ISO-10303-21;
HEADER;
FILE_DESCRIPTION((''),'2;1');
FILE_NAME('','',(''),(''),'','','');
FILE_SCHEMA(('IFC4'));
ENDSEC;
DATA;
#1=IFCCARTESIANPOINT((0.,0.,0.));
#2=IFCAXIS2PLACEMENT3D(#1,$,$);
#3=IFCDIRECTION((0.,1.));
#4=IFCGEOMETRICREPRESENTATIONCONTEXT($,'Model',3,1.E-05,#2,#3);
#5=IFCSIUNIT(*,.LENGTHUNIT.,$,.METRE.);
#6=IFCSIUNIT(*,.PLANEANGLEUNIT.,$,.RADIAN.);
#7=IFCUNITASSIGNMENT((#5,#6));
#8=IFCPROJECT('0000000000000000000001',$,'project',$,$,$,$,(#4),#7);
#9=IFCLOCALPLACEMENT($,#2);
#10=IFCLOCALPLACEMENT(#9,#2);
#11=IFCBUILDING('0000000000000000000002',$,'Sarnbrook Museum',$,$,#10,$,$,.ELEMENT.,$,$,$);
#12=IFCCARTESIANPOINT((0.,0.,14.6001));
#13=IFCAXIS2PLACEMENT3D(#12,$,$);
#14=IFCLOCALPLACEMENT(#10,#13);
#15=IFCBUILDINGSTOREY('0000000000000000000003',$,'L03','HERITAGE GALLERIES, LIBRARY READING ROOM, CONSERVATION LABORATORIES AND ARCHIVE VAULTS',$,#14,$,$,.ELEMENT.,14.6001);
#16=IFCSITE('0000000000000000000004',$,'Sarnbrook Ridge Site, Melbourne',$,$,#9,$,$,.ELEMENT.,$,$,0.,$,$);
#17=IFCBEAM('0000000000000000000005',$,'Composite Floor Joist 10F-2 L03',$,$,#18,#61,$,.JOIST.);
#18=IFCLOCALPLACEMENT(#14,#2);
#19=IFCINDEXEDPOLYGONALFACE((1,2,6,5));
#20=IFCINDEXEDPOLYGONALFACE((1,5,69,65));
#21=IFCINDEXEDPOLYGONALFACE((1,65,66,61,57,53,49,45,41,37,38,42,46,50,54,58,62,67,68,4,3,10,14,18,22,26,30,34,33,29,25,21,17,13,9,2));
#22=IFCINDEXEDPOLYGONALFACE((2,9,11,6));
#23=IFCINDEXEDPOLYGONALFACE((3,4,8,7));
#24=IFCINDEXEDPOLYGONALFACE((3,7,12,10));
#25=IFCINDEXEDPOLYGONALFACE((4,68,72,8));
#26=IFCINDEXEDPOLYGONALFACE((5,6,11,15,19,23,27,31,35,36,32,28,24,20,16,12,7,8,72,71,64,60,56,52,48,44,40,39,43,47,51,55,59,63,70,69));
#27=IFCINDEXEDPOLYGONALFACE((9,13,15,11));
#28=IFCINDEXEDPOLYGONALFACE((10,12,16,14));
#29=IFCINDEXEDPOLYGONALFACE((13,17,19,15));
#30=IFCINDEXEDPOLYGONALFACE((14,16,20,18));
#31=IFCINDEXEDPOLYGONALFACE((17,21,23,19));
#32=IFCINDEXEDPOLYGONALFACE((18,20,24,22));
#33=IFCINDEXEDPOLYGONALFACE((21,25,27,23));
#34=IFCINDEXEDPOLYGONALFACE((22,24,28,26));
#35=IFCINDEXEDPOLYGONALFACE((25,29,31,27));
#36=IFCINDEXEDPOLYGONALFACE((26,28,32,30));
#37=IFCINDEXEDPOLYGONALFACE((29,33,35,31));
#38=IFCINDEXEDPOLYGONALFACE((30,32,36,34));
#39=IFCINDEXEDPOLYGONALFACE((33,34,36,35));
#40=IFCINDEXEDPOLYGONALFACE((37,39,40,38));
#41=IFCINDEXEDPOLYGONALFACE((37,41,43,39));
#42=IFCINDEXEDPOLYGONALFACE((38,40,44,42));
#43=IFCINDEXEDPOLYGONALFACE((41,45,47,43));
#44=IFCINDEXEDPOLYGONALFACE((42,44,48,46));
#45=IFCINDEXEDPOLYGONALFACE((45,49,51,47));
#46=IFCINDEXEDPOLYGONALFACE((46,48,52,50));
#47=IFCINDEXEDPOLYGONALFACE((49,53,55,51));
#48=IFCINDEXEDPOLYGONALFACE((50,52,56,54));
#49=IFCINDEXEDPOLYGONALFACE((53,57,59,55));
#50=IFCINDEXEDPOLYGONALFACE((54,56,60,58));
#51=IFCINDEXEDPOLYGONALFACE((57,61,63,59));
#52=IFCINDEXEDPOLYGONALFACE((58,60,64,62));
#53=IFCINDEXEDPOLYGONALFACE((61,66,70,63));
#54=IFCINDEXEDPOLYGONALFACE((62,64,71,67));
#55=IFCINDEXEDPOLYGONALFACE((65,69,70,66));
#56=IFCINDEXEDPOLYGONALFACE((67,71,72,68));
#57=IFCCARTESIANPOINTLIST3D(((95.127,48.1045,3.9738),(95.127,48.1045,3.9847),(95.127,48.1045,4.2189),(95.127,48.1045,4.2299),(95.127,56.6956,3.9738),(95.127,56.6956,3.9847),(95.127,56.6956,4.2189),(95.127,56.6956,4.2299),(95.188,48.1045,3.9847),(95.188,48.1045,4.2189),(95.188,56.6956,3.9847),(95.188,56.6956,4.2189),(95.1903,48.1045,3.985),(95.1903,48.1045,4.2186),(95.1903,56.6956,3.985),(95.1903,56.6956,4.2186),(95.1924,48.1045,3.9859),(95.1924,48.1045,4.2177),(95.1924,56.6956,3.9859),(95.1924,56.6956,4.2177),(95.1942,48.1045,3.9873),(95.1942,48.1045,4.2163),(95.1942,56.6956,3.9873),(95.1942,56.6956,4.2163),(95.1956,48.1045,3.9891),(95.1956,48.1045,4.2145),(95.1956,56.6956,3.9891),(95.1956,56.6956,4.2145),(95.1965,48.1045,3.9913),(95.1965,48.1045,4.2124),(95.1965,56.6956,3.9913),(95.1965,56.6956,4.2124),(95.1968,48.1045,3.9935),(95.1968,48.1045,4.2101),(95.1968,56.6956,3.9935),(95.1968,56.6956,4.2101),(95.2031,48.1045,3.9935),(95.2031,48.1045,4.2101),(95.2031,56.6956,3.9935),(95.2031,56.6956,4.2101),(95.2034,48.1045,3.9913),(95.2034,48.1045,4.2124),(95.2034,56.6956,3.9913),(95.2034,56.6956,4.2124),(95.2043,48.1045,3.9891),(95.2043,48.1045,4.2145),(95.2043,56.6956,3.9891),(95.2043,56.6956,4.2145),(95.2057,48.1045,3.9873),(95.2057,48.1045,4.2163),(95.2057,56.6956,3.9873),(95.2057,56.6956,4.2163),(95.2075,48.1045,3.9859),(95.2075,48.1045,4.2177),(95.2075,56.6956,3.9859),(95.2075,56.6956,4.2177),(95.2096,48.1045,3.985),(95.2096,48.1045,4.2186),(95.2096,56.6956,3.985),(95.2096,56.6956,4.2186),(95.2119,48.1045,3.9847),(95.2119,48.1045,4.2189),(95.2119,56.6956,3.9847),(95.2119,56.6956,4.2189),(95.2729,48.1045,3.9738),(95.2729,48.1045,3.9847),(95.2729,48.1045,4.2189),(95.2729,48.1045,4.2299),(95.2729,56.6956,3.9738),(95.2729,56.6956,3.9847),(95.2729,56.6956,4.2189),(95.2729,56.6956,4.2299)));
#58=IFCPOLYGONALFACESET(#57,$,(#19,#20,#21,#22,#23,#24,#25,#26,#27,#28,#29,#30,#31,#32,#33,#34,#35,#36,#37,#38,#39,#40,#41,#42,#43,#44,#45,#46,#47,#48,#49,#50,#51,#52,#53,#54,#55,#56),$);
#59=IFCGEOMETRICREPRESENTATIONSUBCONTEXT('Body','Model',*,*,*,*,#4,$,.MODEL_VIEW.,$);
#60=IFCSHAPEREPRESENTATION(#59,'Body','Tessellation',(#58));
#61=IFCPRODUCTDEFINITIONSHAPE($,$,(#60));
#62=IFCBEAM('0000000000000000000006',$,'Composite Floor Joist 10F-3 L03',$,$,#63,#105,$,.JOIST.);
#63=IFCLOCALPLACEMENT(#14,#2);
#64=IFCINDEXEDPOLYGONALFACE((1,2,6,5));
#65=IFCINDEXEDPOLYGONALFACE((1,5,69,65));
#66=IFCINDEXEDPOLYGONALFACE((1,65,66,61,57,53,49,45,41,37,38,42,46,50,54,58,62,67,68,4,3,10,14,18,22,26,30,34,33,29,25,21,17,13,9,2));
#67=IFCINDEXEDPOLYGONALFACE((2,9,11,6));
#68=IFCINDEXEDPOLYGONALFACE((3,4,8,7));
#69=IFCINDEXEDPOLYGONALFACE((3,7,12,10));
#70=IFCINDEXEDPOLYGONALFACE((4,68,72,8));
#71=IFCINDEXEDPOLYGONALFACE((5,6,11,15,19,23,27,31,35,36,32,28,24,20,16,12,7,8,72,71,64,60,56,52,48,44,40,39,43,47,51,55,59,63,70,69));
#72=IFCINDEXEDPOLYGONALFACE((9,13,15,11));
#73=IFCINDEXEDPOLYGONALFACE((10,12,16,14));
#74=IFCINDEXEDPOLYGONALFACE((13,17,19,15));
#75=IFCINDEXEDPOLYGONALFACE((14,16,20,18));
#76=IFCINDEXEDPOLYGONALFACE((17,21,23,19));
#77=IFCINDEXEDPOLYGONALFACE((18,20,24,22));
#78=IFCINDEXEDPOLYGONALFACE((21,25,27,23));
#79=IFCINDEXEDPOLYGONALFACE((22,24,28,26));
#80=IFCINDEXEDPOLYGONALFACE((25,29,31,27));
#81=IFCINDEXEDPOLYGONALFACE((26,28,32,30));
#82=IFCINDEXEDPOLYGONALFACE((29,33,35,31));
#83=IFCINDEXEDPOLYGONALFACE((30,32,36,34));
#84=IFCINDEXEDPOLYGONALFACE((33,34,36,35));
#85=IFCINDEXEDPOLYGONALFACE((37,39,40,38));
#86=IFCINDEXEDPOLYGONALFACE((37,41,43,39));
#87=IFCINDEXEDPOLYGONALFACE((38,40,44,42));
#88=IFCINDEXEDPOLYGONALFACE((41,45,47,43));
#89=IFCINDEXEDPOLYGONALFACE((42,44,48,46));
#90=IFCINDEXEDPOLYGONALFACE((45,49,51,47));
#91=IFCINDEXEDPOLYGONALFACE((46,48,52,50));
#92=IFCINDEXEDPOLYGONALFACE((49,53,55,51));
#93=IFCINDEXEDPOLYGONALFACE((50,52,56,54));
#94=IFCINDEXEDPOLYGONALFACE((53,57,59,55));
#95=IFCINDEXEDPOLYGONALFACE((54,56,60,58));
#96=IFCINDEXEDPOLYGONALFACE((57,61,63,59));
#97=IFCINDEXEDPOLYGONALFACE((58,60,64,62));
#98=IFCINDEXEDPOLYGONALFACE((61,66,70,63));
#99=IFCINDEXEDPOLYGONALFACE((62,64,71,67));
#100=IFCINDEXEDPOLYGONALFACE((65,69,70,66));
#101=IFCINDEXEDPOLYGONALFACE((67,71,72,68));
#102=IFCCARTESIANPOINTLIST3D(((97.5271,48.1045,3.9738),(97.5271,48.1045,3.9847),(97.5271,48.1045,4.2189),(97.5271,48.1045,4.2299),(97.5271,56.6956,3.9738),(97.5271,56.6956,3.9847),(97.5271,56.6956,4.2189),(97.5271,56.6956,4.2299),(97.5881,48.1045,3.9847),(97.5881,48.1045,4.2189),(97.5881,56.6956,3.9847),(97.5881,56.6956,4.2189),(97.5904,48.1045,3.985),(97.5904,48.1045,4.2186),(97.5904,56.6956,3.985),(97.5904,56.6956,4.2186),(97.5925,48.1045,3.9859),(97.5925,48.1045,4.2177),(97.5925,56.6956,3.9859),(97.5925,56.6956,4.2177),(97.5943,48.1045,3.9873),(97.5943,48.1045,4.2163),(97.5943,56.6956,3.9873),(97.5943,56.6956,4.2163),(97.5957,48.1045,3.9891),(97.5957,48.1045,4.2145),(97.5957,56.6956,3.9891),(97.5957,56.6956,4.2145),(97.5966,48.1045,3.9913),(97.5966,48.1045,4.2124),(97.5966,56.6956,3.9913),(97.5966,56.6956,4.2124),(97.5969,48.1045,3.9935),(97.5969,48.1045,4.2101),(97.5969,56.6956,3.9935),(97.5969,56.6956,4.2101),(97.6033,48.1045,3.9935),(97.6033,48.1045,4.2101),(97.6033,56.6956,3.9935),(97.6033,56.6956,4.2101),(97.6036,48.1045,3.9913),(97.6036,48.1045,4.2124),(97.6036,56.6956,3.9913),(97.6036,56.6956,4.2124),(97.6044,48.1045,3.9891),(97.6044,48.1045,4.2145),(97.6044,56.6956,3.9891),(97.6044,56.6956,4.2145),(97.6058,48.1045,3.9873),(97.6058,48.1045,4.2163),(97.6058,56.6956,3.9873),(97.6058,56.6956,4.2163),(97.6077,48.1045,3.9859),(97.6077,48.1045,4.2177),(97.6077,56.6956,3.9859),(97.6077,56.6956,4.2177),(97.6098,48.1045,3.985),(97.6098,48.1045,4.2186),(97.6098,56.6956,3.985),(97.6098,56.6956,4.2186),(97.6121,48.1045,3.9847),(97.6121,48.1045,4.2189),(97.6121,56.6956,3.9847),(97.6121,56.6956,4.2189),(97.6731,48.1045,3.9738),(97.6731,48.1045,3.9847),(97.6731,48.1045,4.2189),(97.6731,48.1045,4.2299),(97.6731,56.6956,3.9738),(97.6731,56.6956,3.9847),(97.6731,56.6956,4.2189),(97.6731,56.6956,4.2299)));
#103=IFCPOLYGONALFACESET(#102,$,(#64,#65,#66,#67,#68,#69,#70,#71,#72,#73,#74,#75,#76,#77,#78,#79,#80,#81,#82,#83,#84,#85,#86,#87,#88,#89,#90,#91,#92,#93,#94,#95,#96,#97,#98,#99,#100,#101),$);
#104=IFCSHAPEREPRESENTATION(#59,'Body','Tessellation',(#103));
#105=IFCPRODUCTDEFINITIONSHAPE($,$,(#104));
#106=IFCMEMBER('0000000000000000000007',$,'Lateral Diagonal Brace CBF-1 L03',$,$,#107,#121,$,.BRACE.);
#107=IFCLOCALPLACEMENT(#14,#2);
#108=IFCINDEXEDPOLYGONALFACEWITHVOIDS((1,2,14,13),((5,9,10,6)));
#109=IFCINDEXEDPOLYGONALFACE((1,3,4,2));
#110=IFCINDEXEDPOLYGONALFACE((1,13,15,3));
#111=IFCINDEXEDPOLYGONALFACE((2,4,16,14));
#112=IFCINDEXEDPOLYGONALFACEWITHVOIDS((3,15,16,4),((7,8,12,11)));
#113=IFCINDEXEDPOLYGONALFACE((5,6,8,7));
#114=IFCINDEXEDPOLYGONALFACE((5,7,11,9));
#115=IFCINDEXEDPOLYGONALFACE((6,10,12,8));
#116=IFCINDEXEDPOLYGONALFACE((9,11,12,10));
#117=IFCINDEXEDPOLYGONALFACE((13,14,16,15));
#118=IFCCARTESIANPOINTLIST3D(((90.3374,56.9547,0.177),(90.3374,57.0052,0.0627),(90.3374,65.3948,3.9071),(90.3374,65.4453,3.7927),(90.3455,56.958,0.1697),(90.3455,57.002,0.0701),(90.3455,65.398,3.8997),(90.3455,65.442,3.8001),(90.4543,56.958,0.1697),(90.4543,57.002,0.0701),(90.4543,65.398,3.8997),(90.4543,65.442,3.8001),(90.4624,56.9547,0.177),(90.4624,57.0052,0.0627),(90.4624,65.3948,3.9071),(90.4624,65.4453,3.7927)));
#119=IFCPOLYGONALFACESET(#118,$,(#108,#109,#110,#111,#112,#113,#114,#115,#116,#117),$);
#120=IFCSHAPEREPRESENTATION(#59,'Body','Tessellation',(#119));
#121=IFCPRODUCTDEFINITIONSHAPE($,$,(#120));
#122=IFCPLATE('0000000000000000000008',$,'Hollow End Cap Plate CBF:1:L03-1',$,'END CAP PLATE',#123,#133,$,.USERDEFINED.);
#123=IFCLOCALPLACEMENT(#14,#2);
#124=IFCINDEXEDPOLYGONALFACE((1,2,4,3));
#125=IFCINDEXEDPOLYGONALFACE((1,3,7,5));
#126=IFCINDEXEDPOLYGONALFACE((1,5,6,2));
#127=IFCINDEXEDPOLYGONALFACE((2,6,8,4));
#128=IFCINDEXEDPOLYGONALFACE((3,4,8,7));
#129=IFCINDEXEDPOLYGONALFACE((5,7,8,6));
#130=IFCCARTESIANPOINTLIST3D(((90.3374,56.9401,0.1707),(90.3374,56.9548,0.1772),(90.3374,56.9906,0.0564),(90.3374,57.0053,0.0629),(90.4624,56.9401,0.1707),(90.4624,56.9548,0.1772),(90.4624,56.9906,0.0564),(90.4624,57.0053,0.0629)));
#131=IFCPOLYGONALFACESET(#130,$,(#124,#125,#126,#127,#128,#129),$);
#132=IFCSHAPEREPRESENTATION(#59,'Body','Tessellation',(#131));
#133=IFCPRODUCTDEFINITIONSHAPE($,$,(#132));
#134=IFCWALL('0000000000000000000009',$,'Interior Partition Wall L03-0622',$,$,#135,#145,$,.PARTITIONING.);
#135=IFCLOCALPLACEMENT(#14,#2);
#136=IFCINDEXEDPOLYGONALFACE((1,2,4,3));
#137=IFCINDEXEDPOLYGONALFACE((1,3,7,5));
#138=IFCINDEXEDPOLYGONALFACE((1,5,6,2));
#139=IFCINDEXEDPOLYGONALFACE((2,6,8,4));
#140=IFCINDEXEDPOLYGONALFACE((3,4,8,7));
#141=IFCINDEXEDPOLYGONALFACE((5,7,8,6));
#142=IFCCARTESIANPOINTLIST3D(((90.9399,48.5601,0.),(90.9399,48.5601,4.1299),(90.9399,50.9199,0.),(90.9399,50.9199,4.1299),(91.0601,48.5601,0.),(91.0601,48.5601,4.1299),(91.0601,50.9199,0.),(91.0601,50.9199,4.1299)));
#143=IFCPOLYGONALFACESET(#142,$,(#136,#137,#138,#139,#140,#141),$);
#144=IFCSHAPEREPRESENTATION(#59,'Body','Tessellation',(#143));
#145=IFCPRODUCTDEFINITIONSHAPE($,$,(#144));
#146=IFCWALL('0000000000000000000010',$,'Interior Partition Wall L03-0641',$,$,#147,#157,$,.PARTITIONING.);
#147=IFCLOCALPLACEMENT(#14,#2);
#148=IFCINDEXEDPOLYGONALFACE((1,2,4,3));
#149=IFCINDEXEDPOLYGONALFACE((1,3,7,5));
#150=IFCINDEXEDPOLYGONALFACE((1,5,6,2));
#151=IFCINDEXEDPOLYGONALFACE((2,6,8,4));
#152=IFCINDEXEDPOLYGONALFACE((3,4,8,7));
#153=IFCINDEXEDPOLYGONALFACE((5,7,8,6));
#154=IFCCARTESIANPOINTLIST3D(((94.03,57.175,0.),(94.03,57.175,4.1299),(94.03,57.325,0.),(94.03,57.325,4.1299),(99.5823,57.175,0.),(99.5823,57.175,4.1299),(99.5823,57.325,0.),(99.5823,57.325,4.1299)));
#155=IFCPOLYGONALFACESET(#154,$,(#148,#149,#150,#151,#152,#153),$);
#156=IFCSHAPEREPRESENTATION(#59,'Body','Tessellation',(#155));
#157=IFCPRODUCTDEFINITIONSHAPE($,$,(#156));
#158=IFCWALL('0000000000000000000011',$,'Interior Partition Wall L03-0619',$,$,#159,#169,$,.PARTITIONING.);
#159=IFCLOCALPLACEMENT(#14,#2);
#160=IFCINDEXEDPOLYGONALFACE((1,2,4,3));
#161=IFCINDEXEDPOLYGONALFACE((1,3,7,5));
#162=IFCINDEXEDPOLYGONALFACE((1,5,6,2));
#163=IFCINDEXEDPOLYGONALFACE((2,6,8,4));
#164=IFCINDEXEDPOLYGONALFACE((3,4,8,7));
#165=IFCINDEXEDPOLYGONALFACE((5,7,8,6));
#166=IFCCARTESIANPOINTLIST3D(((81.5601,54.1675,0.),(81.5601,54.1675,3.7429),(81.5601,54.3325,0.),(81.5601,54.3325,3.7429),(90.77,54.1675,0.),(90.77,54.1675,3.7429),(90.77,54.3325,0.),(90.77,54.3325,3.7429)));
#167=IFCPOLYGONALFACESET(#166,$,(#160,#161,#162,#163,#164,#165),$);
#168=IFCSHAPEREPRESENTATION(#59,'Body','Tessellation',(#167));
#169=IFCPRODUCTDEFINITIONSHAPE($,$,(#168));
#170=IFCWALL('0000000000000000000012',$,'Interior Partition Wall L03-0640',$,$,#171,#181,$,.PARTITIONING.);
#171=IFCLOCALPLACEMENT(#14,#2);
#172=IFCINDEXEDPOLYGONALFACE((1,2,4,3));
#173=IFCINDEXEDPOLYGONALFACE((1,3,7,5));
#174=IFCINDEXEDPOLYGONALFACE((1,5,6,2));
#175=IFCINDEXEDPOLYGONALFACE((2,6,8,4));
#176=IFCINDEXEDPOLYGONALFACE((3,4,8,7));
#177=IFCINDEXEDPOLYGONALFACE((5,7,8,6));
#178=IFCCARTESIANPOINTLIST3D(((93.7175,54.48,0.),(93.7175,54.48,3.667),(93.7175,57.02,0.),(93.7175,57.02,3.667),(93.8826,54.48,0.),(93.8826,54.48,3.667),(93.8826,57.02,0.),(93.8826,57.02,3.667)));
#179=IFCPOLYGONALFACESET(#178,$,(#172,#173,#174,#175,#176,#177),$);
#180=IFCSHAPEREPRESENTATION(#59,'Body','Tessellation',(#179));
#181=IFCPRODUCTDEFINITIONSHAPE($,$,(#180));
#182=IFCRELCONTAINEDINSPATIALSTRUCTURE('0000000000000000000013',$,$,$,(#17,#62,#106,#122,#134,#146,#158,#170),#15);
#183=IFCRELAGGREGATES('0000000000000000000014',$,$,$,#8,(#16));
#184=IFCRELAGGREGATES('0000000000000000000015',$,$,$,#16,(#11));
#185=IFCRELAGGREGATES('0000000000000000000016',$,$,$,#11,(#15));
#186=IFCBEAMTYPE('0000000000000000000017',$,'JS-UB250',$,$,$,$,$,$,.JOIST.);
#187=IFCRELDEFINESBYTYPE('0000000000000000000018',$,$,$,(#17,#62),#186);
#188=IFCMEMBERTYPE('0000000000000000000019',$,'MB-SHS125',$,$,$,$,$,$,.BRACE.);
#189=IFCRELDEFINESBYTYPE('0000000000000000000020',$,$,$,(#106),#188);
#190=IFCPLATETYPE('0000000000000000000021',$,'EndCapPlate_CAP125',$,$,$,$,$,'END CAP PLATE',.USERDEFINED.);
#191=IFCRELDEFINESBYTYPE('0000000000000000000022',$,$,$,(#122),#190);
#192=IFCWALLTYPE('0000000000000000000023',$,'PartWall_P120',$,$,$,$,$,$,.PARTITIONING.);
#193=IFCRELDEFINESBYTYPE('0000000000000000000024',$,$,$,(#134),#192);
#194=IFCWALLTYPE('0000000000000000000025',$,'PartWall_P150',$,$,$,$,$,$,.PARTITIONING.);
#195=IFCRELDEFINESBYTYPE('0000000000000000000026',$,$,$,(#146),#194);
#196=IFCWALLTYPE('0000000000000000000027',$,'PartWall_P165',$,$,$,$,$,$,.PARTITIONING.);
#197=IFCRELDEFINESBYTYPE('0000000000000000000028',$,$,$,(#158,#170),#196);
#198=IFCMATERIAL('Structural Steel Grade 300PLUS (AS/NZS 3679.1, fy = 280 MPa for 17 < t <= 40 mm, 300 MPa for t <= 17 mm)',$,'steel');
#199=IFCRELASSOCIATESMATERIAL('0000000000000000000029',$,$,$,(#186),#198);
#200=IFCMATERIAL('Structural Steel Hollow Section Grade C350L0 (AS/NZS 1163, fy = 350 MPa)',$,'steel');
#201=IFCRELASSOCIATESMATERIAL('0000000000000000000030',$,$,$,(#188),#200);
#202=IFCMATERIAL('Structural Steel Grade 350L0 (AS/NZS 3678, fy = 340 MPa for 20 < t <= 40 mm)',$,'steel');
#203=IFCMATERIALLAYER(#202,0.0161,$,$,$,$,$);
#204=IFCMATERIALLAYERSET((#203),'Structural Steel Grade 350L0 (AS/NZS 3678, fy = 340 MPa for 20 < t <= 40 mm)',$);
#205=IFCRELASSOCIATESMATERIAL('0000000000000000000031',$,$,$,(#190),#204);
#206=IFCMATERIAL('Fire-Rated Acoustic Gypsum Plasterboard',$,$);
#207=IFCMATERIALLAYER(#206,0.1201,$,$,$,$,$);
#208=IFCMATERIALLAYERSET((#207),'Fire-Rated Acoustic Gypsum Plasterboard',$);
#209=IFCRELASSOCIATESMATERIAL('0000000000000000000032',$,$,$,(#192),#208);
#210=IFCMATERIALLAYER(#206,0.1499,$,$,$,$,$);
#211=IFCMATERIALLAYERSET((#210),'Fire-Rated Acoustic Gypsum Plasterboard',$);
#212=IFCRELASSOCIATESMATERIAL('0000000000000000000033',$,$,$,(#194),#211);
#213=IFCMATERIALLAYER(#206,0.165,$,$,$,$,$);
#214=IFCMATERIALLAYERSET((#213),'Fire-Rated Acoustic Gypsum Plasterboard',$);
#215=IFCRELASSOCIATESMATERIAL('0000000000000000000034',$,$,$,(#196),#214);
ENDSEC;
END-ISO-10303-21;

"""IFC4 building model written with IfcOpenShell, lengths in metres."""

from ifc_helpers import new_model, si_unit, direction, frame, frame_2d, origin, origin_2d, place, context, subcontext, project, spatial, rectangle, hollow_rectangle, i_section, extrude, material, layer, layer_set, material_profile, profile_set, type_object, element, save


model = new_model("IFC4")

# Units and contexts
model_context = context("Model", 3, precision=1e-05, world=origin(), true_north=direction((0.0, 1.0)))
body_context = subcontext(model_context, "Body", "Model", "MODEL_VIEW")
ifc_project = project(units=[si_unit("LENGTHUNIT", "METRE"), si_unit("PLANEANGLEUNIT", "RADIAN")], contexts=[model_context])

# Site, building, storey
site_placement = place(None, origin())
site = spatial("IfcSite", under=ifc_project, at=site_placement, Name="Sarnbrook Ridge Site, Melbourne", CompositionType="ELEMENT", RefElevation=0.0)
building_placement = place(site_placement, origin())
building = spatial("IfcBuilding", under=site, at=building_placement, Name="Sarnbrook Museum", CompositionType="ELEMENT")
storey_placement = place(building_placement, frame((0.0, 0.0, 14.6001)))
storey = spatial("IfcBuildingStorey", under=building, at=storey_placement, Name="L03", Description="HERITAGE GALLERIES, LIBRARY READING ROOM, CONSERVATION LABORATORIES AND ARCHIVE VAULTS", CompositionType="ELEMENT", Elevation=14.6001)

# Shared definitions
ifc_material_1 = material(Name="Structural Steel Grade 300PLUS (AS/NZS 3679.1, fy = 280 MPa for 17 < t <= 40 mm, 300 MPa for t <= 17 mm)", Category="steel")

# Beams
ifc_material_profile_1 = material_profile(ifc_material_1, i_section(OverallWidth=0.146, OverallDepth=0.2561, WebThickness=0.0063, FlangeThickness=0.011, FilletRadius=0.0088, at=origin_2d()), Name="250UB37.3")
ifc_profile_set_1 = profile_set([ifc_material_profile_1], Name="Structural Steel Grade 300PLUS (AS/NZS 3679.1, fy = 280 MPa for 17 < t <= 40 mm, 300 MPa for t <= 17 mm)")
beam_type_1 = type_object("IfcBeamType", Name="JS-UB250", PredefinedType="JOIST", material=ifc_profile_set_1)
for number, where, z_axis, x_axis, name in (
    (1, (95.2, 48.1045, 4.1018), (0.0, 1.0, 0.0), (-1.0, 0.0, 0.0), "Composite Floor Joist 10F-2 L03"),
    (2, (97.6001, 48.1045, 4.1018), (0.0, 1.0, 0.0), (-1.0, 0.0, 0.0), "Composite Floor Joist 10F-3 L03"),
):
    element("IfcBeam", number, at=place(storey_placement, frame(where, z_axis=z_axis, x_axis=x_axis)), inside=storey, type_object=beam_type_1, Name=name, PredefinedType="JOIST", context=body_context, shape_type="SweptSolid", body=[
        extrude(i_section(OverallWidth=0.146, OverallDepth=0.2561, WebThickness=0.0063, FlangeThickness=0.011, FilletRadius=0.0088, at=origin_2d()), origin(), (0.0, 0.0, 1.0), 8.5911),
    ])

# Member
ifc_material_2 = material(Name="Structural Steel Hollow Section Grade C350L0 (AS/NZS 1163, fy = 350 MPa)", Category="steel")
ifc_material_profile_2 = material_profile(ifc_material_2, hollow_rectangle(XDim=0.125, YDim=0.125, WallThickness=0.0081, at=origin_2d()), Name="125x125x8.0SHS")
ifc_profile_set_2 = profile_set([ifc_material_profile_2], Name="Structural Steel Hollow Section Grade C350L0 (AS/NZS 1163, fy = 350 MPa)")
member_type = type_object("IfcMemberType", Name="MB-SHS125", PredefinedType="BRACE", material=ifc_profile_set_2)
member_placement = place(storey_placement, frame((90.3999, 56.98, 0.1199), z_axis=(0.0, 0.914658, 0.404228), x_axis=(-1.0, 0.0, 0.0)))
element("IfcMember", 3, at=member_placement, inside=storey, type_object=member_type, Name="Lateral Diagonal Brace CBF-1 L03", PredefinedType="BRACE", context=body_context, shape_type="SweptSolid", body=[
    extrude(hollow_rectangle(XDim=0.125, YDim=0.125, WallThickness=0.0081, at=origin_2d()), origin(), (0.0, 0.0, 1.0), 9.2275),
])

# Plate
ifc_material_3 = material(Name="Structural Steel Grade 350L0 (AS/NZS 3678, fy = 340 MPa for 20 < t <= 40 mm)", Category="steel")
ifc_layer_1 = layer(ifc_material_3, 0.0161)
ifc_layer_set_1 = layer_set([ifc_layer_1], Name="Structural Steel Grade 350L0 (AS/NZS 3678, fy = 340 MPa for 20 < t <= 40 mm)")
plate_type = type_object("IfcPlateType", Name="EndCapPlate_CAP125", ElementType="END CAP PLATE", PredefinedType="USERDEFINED", material=ifc_layer_set_1)
plate_placement = place(storey_placement, frame((90.3999, 56.9653, 0.1135), z_axis=(0.0, 0.914659, 0.404227), x_axis=(-1.0, 0.0, 0.0)))
element("IfcPlate", 4, at=plate_placement, inside=storey, type_object=plate_type, Name="Hollow End Cap Plate CBF:1:L03-1", ObjectType="END CAP PLATE", PredefinedType="USERDEFINED", context=body_context, shape_type="SweptSolid", body=[
    extrude(rectangle(XDim=0.125, YDim=0.125, at=origin_2d()), origin(), (0.0, 0.0, 1.0), 0.0161),
])

# Walls
ifc_material_4 = material(Name="Fire-Rated Acoustic Gypsum Plasterboard")
ifc_layer_2 = layer(ifc_material_4, 0.1201)
ifc_layer_set_2 = layer_set([ifc_layer_2], Name="Fire-Rated Acoustic Gypsum Plasterboard")
wall_type_1 = type_object("IfcWallType", Name="PartWall_P120", PredefinedType="PARTITIONING", material=ifc_layer_set_2)
wall_1_placement = place(storey_placement, frame((91.0, 50.9199, 0.0), z_axis=(0.0, 0.0, 1.0), x_axis=(0.0, -1.0, 0.0)))
element("IfcWall", 5, at=wall_1_placement, inside=storey, type_object=wall_type_1, Name="Interior Partition Wall L03-0622", PredefinedType="PARTITIONING", context=body_context, shape_type="SweptSolid", body=[
    extrude(rectangle(XDim=2.3599, YDim=0.1201, at=frame_2d((1.1799, 0.0))), origin(), (0.0, 0.0, 1.0), 4.1299),
])
ifc_layer_3 = layer(ifc_material_4, 0.1499)
ifc_layer_set_3 = layer_set([ifc_layer_3], Name="Fire-Rated Acoustic Gypsum Plasterboard")
wall_type_2 = type_object("IfcWallType", Name="PartWall_P150", PredefinedType="PARTITIONING", material=ifc_layer_set_3)
wall_2_placement = place(storey_placement, frame((94.03, 57.25, 0.0), z_axis=(0.0, 0.0, 1.0), x_axis=(1.0, 0.0, 0.0)))
element("IfcWall", 6, at=wall_2_placement, inside=storey, type_object=wall_type_2, Name="Interior Partition Wall L03-0641", PredefinedType="PARTITIONING", context=body_context, shape_type="SweptSolid", body=[
    extrude(rectangle(XDim=5.5522, YDim=0.1499, at=frame_2d((2.7761, 0.0))), origin(), (0.0, 0.0, 1.0), 4.1299),
])
ifc_layer_4 = layer(ifc_material_4, 0.165)
ifc_layer_set_4 = layer_set([ifc_layer_4], Name="Fire-Rated Acoustic Gypsum Plasterboard")
wall_type_3 = type_object("IfcWallType", Name="PartWall_P165", PredefinedType="PARTITIONING", material=ifc_layer_set_4)
wall_3_placement = place(storey_placement, frame((90.77, 54.25, 0.0), z_axis=(0.0, 0.0, 1.0), x_axis=(-1.0, 0.0, 0.0)))
element("IfcWall", 7, at=wall_3_placement, inside=storey, type_object=wall_type_3, Name="Interior Partition Wall L03-0619", PredefinedType="PARTITIONING", context=body_context, shape_type="SweptSolid", body=[
    extrude(rectangle(XDim=9.21, YDim=0.165, at=frame_2d((4.605, 0.0))), origin(), (0.0, 0.0, 1.0), 3.7429),
])
wall_4_placement = place(storey_placement, frame((93.8, 54.48, 0.0), z_axis=(0.0, 0.0, 1.0), x_axis=(0.0, 1.0, 0.0)))
element("IfcWall", 8, at=wall_4_placement, inside=storey, type_object=wall_type_3, Name="Interior Partition Wall L03-0640", PredefinedType="PARTITIONING", context=body_context, shape_type="SweptSolid", body=[
    extrude(rectangle(XDim=2.54, YDim=0.165, at=frame_2d((1.27, 0.0))), origin(), (0.0, 0.0, 1.0), 3.667),
])

save(model, "model.ifc")
